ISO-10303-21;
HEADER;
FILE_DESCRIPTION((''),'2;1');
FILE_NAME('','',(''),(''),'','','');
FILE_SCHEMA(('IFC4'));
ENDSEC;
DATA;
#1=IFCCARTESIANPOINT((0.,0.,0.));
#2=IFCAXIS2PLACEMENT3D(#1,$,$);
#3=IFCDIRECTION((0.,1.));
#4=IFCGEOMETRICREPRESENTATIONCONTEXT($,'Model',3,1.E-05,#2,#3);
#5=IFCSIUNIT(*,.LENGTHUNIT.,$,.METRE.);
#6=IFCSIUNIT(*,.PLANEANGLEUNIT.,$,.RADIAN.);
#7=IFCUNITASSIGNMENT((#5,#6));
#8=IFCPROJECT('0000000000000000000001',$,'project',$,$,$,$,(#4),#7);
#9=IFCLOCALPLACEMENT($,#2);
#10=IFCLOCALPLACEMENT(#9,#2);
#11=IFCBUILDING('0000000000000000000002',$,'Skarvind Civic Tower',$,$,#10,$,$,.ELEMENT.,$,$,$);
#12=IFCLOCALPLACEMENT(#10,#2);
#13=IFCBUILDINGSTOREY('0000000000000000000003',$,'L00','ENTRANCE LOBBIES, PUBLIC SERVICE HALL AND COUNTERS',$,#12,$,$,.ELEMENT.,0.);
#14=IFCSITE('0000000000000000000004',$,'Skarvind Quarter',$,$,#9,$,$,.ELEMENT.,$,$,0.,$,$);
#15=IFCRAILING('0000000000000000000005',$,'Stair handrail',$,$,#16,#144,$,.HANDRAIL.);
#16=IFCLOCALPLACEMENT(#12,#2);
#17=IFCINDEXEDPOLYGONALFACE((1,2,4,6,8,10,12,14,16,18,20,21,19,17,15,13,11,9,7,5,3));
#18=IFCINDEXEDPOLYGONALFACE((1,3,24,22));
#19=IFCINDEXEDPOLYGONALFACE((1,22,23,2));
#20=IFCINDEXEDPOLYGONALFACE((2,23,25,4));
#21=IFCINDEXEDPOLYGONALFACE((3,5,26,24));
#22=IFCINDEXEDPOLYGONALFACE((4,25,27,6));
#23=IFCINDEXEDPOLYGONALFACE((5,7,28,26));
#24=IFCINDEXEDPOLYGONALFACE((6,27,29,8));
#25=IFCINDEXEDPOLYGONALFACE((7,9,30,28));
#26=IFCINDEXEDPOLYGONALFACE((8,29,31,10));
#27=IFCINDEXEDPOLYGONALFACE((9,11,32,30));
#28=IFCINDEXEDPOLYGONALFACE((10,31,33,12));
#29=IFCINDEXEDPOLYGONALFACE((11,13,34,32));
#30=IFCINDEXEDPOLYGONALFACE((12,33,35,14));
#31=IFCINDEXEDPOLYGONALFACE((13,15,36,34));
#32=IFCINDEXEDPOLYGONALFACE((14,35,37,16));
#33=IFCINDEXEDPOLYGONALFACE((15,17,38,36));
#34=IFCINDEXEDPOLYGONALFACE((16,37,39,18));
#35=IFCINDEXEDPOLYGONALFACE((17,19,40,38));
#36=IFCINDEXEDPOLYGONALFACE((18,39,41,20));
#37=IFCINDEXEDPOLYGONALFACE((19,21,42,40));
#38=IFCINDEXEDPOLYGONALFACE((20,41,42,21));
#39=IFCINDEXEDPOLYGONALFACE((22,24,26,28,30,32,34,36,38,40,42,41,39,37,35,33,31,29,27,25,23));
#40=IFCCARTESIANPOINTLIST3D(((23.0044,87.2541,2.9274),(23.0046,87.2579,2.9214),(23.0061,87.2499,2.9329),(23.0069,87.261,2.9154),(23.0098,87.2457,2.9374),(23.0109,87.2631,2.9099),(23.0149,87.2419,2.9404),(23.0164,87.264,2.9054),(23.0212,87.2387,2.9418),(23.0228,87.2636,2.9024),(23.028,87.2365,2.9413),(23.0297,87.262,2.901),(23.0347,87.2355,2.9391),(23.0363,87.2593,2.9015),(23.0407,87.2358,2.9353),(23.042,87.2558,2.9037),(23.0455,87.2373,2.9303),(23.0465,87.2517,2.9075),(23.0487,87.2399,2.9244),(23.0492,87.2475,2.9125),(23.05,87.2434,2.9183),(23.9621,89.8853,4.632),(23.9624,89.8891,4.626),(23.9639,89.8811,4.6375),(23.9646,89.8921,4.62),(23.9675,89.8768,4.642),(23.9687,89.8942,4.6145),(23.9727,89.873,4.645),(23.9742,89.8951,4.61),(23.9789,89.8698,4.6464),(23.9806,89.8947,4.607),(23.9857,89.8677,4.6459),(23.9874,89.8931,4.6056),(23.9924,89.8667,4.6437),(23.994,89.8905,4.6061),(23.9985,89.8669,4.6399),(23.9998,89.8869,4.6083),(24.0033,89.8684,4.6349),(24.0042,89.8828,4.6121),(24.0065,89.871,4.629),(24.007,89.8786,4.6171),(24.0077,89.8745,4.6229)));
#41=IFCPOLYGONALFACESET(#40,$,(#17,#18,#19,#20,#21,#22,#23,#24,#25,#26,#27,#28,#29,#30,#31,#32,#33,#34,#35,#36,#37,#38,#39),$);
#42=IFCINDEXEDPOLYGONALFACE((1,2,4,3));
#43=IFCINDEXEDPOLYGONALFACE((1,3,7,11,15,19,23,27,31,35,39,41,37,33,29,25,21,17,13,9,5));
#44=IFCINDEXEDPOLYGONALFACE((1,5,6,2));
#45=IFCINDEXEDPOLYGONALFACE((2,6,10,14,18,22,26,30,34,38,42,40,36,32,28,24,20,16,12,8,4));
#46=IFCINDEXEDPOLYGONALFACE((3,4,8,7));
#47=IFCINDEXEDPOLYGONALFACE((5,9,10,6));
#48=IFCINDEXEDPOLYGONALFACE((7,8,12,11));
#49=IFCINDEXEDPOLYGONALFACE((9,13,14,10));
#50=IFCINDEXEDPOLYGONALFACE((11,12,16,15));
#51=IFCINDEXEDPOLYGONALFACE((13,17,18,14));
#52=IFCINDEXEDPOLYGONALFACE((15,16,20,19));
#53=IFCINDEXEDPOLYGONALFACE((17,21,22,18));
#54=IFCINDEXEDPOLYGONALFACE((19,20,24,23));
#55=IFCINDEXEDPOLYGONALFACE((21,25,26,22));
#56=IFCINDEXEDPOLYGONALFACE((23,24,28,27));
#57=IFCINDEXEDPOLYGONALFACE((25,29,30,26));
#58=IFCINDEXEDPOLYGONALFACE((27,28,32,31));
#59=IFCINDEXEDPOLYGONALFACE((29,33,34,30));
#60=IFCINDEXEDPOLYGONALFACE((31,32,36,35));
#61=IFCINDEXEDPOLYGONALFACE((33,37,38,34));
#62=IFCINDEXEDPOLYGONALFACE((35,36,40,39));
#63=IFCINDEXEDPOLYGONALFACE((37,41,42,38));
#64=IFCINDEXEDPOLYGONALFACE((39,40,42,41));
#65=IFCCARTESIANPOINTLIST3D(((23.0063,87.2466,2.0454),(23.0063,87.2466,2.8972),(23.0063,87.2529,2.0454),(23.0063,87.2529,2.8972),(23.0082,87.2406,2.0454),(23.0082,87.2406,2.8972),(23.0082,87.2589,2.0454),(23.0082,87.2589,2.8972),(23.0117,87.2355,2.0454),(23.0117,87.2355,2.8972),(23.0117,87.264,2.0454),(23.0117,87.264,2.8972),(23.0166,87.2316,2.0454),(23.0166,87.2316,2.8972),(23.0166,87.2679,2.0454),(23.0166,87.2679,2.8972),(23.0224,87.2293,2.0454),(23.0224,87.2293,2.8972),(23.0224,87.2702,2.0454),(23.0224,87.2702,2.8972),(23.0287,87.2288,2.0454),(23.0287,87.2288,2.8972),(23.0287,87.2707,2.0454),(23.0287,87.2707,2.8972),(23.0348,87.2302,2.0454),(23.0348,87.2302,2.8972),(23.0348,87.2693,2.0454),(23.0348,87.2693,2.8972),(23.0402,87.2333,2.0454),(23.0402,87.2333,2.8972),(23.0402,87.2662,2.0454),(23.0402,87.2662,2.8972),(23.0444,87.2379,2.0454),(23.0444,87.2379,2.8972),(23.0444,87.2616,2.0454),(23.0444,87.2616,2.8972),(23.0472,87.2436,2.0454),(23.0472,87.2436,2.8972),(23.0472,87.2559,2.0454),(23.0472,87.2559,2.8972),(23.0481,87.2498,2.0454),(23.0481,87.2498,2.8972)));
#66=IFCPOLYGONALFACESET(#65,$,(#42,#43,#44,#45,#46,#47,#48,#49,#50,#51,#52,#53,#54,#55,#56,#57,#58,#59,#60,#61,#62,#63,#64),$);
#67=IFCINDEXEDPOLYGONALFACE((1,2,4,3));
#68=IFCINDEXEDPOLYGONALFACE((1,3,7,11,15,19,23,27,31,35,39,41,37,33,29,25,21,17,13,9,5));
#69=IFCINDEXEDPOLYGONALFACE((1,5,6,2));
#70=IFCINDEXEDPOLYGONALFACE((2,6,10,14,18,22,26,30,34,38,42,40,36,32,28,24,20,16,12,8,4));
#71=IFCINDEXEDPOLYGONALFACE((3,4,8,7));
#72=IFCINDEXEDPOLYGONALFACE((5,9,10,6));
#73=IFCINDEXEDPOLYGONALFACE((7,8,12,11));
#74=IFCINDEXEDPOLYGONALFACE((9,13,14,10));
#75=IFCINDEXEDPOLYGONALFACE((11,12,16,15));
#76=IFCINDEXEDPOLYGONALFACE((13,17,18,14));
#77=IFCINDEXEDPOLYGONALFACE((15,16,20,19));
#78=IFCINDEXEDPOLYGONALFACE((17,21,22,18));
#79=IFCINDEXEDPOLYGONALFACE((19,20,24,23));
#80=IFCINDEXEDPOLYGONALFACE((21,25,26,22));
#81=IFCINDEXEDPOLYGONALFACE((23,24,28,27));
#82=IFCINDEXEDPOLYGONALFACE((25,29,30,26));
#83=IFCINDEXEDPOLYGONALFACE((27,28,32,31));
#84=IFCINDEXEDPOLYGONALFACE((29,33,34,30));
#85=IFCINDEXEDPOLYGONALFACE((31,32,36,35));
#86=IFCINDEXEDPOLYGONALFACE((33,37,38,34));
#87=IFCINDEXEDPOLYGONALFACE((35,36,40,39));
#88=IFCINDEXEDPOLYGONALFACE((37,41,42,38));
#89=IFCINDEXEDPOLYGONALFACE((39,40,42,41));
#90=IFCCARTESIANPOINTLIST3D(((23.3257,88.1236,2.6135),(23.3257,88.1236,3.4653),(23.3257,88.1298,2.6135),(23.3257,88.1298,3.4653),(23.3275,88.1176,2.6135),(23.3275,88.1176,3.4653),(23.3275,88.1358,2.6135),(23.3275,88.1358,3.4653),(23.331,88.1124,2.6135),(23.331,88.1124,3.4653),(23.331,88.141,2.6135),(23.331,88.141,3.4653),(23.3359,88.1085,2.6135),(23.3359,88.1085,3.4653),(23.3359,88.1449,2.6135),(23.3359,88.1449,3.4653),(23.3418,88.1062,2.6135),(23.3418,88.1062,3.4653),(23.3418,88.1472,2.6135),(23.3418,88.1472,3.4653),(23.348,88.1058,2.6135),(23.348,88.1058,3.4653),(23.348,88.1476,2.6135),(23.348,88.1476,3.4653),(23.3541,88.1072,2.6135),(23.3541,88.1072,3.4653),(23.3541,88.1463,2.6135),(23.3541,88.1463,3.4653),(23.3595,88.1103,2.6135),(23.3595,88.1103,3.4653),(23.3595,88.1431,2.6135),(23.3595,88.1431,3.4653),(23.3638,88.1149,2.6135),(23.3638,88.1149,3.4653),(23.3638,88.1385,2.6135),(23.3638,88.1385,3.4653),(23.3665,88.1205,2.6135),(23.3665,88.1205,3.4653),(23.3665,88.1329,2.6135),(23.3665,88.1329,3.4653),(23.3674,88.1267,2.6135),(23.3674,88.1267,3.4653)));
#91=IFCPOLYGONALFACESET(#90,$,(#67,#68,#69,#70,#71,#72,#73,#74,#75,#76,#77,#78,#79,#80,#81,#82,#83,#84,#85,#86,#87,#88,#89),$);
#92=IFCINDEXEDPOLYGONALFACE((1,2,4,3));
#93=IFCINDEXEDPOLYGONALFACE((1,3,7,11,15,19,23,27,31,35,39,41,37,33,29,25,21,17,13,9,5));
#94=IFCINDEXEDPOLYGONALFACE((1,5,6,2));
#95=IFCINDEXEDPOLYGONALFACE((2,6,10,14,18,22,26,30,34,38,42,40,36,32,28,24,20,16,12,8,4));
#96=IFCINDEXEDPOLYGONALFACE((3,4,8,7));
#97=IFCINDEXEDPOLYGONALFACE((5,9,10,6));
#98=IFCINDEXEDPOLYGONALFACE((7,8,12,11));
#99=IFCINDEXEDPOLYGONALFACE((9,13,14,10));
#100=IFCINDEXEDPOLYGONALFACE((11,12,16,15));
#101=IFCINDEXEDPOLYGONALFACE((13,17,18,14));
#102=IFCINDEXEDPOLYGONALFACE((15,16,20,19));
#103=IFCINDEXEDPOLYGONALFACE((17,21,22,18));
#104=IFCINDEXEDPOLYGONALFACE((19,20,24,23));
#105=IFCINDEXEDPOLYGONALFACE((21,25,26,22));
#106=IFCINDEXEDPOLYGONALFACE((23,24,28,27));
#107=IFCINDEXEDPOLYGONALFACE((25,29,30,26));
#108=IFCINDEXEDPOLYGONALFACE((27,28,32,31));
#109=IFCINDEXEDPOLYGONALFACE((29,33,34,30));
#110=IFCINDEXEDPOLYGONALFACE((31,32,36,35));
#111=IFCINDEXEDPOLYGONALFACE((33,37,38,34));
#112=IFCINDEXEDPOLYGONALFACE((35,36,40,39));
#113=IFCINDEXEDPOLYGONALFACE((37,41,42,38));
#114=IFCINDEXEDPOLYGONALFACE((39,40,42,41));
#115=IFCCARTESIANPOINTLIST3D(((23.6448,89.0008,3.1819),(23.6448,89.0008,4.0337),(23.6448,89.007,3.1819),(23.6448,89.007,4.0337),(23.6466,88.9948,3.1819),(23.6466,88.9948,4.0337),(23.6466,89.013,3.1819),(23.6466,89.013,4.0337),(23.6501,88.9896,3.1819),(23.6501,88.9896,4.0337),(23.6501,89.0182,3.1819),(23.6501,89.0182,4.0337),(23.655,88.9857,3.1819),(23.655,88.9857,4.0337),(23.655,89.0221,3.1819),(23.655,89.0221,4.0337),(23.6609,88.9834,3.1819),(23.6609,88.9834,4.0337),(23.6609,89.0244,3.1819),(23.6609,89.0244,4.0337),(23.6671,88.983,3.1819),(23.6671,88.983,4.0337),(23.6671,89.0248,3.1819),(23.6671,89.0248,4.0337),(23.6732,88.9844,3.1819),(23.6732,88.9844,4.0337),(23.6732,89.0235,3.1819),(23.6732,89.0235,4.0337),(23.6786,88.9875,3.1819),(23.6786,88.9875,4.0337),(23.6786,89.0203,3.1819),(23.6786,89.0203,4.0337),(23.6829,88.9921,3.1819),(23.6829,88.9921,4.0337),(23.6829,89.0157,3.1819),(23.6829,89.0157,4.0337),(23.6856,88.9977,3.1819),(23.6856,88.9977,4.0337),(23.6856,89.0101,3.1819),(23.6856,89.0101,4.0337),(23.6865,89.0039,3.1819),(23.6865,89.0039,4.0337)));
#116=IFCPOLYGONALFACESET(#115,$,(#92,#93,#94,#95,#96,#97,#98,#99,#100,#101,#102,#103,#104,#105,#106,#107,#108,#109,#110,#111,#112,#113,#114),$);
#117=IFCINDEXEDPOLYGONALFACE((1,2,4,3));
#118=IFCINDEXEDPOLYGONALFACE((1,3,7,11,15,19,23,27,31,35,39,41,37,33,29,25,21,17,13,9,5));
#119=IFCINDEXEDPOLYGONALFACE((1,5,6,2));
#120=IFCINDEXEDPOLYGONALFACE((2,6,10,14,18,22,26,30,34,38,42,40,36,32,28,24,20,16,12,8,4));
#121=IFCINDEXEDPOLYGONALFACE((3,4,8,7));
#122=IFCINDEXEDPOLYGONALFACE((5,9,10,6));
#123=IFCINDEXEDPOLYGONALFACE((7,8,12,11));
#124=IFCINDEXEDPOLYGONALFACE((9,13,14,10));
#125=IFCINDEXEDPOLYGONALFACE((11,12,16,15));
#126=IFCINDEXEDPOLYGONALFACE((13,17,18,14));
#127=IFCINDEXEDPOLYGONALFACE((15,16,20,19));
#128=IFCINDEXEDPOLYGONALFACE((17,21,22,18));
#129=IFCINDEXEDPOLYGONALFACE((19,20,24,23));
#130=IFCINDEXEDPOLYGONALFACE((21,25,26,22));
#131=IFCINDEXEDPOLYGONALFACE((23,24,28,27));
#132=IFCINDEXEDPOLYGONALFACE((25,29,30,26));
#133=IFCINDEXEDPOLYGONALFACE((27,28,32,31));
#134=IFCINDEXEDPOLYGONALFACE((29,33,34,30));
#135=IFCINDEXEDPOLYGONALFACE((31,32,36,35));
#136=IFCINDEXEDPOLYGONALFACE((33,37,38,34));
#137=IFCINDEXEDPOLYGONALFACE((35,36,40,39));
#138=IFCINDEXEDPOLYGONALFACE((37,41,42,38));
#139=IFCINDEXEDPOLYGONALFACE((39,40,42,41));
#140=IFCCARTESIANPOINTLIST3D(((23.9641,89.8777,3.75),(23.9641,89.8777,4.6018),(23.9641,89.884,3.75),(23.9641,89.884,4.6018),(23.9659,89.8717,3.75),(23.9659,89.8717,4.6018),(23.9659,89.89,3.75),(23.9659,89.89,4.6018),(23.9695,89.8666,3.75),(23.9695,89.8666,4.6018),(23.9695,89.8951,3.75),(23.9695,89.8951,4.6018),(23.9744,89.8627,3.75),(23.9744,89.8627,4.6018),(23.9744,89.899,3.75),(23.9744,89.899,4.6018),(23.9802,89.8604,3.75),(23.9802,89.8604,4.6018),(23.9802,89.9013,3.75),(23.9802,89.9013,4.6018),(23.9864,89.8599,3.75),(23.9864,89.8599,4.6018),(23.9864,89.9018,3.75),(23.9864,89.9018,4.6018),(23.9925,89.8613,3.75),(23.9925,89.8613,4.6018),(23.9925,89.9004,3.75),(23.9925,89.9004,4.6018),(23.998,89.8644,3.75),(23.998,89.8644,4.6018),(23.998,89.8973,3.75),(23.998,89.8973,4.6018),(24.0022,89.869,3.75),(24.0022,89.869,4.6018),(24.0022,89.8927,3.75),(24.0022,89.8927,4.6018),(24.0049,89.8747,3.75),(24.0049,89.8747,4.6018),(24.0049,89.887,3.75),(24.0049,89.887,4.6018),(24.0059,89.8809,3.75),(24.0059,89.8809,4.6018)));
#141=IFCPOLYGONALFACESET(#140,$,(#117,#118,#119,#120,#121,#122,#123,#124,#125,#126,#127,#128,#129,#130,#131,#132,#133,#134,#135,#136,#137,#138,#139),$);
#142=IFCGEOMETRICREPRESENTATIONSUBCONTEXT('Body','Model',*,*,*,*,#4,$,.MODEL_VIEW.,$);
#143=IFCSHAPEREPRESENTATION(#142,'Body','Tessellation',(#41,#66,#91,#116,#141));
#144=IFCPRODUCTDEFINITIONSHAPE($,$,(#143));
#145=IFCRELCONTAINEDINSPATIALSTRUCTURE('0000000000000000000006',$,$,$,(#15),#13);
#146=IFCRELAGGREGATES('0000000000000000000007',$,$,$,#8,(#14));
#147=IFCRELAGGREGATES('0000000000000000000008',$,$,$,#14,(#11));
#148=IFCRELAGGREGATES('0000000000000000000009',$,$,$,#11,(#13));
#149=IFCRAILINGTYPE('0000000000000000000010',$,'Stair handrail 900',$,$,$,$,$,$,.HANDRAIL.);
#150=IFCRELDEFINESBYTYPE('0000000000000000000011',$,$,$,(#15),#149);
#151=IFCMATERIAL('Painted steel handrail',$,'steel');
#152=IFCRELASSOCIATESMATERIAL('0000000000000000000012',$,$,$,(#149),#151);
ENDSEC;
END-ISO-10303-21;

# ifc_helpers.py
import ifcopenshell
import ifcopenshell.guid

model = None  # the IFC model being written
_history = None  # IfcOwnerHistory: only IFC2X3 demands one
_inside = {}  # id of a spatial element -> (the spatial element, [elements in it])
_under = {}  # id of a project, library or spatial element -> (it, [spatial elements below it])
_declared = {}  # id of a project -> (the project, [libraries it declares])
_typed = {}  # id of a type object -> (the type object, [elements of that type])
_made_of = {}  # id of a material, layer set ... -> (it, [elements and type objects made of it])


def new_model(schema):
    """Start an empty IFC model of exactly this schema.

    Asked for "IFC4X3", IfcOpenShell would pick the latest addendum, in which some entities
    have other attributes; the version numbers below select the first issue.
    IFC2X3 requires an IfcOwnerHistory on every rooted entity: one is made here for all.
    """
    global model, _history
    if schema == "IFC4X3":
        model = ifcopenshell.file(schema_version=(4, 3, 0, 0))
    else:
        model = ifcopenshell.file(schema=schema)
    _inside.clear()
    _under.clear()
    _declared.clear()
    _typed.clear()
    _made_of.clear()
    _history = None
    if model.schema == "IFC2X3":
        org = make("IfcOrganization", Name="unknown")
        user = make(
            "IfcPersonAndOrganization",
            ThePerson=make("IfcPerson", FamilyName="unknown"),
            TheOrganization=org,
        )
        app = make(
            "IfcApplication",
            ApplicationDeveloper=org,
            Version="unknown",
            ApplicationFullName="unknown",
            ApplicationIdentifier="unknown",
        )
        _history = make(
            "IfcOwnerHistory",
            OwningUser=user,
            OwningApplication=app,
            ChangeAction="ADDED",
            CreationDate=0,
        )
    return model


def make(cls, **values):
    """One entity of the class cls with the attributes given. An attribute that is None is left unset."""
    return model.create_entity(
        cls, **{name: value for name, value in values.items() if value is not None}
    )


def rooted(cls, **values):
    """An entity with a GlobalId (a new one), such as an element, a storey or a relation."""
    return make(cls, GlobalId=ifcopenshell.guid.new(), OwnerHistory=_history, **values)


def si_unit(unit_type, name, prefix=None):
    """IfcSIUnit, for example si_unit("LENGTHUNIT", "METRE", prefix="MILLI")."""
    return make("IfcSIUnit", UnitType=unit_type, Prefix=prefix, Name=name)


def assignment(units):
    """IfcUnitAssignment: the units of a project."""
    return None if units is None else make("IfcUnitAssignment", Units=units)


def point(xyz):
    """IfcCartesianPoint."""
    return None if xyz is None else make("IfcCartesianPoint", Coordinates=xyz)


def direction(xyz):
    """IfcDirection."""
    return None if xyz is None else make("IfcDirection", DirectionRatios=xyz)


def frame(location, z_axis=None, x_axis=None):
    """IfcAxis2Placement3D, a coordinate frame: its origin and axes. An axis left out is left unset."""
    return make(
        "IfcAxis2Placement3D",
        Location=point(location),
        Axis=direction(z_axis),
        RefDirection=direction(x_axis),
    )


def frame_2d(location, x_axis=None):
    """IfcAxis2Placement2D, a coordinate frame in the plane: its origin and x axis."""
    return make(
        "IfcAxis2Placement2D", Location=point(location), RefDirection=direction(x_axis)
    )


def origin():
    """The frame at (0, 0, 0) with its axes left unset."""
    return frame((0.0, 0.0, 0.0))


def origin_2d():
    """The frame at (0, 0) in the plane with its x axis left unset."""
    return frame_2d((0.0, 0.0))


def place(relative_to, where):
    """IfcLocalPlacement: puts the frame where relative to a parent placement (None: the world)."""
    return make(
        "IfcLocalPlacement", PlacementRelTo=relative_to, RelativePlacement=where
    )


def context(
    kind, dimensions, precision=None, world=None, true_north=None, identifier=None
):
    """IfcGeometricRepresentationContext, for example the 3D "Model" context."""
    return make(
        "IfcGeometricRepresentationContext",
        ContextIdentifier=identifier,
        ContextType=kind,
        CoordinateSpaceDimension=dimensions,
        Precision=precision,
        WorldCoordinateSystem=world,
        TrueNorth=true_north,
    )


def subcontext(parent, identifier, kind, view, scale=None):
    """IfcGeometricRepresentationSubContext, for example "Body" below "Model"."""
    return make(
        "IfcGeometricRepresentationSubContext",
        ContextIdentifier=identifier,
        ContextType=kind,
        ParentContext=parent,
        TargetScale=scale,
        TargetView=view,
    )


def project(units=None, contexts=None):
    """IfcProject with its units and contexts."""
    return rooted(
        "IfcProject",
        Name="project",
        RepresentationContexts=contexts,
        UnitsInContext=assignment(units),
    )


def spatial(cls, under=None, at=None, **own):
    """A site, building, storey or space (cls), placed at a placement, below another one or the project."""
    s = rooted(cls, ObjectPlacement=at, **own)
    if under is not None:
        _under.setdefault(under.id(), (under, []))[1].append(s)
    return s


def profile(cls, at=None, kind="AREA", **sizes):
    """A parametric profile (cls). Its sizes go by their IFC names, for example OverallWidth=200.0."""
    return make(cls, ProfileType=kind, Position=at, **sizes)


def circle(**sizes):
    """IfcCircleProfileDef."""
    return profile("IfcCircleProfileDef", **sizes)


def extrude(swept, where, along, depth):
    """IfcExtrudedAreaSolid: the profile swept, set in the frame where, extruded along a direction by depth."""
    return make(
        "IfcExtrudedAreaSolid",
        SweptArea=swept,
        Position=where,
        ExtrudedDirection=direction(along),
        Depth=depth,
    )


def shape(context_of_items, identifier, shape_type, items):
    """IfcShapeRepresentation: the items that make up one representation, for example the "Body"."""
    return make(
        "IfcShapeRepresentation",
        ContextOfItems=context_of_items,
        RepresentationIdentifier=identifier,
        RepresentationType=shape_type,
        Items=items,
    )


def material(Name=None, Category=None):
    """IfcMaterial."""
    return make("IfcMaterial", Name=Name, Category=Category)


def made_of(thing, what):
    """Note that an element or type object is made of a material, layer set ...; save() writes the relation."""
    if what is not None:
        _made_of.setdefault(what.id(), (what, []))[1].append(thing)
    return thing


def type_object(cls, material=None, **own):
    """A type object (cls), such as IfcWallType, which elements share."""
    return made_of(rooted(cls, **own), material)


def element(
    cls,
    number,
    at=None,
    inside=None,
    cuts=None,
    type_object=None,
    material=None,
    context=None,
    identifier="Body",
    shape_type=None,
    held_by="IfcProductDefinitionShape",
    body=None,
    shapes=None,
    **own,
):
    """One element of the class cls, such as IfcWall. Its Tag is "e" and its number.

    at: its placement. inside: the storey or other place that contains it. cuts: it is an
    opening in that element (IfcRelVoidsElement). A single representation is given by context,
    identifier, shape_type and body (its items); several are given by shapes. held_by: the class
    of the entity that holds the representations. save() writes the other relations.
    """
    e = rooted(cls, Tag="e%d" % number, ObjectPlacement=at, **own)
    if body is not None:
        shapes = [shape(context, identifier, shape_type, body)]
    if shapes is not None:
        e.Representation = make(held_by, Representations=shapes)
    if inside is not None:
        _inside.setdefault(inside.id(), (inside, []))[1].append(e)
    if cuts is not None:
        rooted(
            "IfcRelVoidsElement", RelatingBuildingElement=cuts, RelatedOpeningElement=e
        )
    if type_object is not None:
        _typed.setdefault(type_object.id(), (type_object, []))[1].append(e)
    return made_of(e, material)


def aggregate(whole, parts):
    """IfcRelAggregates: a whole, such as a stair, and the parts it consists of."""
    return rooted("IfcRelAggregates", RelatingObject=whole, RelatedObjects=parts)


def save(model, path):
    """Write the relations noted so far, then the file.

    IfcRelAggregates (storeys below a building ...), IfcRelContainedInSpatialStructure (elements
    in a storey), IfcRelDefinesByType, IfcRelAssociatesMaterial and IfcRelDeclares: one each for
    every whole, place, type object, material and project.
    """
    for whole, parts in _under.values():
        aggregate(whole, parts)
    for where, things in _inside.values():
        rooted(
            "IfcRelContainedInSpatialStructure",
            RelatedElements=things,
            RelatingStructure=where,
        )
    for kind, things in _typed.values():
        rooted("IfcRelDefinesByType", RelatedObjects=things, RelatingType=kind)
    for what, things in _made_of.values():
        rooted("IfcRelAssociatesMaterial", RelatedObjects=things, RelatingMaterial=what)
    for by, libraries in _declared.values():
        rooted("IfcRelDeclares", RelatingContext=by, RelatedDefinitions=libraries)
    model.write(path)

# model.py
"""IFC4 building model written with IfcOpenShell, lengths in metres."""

from ifc_helpers import new_model, si_unit, direction, frame, origin, origin_2d, place, context, subcontext, project, spatial, circle, extrude, material, type_object, element, save


model = new_model("IFC4")

# Units and contexts
model_context = context("Model", 3, precision=1e-05, world=origin(), true_north=direction((0.0, 1.0)))
body_context = subcontext(model_context, "Body", "Model", "MODEL_VIEW")
ifc_project = project(units=[si_unit("LENGTHUNIT", "METRE"), si_unit("PLANEANGLEUNIT", "RADIAN")], contexts=[model_context])

# Site, building, storey
site_placement = place(None, origin())
site = spatial("IfcSite", under=ifc_project, at=site_placement, Name="Skarvind Quarter", CompositionType="ELEMENT", RefElevation=0.0)
building_placement = place(site_placement, origin())
building = spatial("IfcBuilding", under=site, at=building_placement, Name="Skarvind Civic Tower", CompositionType="ELEMENT")
storey_placement = place(building_placement, origin())
storey = spatial("IfcBuildingStorey", under=building, at=storey_placement, Name="L00", Description="ENTRANCE LOBBIES, PUBLIC SERVICE HALL AND COUNTERS", CompositionType="ELEMENT", Elevation=0.0)

# Railing
ifc_material_1 = material(Name="Painted steel handrail", Category="steel")
railing_type = type_object("IfcRailingType", Name="Stair handrail 900", PredefinedType="HANDRAIL", material=ifc_material_1)
for number, where, name in (
    (1, (23.0271, 87.2498, 2.0454), "Stair handrail"),
):
    element("IfcRailing", number, at=place(storey_placement, frame(where)), inside=storey, type_object=railing_type, Name=name, PredefinedType="HANDRAIL", context=body_context, shape_type="SweptSolid", body=[
        extrude(circle(Radius=0.0239, at=origin_2d()), frame((0.0, 0.0, 0.876), z_axis=(0.292174, 0.802642, 0.52), x_axis=(-0.939679, 0.342058, 0.0)), (0.0, 0.0, 1.0), 3.2781),
        extrude(circle(Radius=0.021, at=origin_2d()), origin(), (0.0, 0.0, 1.0), 0.8518),
        extrude(circle(Radius=0.021, at=origin_2d()), frame((0.3193, 0.877, 0.5681)), (0.0, 0.0, 1.0), 0.8518),
        extrude(circle(Radius=0.021, at=origin_2d()), frame((0.6384, 1.7542, 1.1365)), (0.0, 0.0, 1.0), 0.8518),
        extrude(circle(Radius=0.021, at=origin_2d()), frame((0.9578, 2.6311, 1.7046)), (0.0, 0.0, 1.0), 0.8518),
    ])

save(model, "model.ifc")
